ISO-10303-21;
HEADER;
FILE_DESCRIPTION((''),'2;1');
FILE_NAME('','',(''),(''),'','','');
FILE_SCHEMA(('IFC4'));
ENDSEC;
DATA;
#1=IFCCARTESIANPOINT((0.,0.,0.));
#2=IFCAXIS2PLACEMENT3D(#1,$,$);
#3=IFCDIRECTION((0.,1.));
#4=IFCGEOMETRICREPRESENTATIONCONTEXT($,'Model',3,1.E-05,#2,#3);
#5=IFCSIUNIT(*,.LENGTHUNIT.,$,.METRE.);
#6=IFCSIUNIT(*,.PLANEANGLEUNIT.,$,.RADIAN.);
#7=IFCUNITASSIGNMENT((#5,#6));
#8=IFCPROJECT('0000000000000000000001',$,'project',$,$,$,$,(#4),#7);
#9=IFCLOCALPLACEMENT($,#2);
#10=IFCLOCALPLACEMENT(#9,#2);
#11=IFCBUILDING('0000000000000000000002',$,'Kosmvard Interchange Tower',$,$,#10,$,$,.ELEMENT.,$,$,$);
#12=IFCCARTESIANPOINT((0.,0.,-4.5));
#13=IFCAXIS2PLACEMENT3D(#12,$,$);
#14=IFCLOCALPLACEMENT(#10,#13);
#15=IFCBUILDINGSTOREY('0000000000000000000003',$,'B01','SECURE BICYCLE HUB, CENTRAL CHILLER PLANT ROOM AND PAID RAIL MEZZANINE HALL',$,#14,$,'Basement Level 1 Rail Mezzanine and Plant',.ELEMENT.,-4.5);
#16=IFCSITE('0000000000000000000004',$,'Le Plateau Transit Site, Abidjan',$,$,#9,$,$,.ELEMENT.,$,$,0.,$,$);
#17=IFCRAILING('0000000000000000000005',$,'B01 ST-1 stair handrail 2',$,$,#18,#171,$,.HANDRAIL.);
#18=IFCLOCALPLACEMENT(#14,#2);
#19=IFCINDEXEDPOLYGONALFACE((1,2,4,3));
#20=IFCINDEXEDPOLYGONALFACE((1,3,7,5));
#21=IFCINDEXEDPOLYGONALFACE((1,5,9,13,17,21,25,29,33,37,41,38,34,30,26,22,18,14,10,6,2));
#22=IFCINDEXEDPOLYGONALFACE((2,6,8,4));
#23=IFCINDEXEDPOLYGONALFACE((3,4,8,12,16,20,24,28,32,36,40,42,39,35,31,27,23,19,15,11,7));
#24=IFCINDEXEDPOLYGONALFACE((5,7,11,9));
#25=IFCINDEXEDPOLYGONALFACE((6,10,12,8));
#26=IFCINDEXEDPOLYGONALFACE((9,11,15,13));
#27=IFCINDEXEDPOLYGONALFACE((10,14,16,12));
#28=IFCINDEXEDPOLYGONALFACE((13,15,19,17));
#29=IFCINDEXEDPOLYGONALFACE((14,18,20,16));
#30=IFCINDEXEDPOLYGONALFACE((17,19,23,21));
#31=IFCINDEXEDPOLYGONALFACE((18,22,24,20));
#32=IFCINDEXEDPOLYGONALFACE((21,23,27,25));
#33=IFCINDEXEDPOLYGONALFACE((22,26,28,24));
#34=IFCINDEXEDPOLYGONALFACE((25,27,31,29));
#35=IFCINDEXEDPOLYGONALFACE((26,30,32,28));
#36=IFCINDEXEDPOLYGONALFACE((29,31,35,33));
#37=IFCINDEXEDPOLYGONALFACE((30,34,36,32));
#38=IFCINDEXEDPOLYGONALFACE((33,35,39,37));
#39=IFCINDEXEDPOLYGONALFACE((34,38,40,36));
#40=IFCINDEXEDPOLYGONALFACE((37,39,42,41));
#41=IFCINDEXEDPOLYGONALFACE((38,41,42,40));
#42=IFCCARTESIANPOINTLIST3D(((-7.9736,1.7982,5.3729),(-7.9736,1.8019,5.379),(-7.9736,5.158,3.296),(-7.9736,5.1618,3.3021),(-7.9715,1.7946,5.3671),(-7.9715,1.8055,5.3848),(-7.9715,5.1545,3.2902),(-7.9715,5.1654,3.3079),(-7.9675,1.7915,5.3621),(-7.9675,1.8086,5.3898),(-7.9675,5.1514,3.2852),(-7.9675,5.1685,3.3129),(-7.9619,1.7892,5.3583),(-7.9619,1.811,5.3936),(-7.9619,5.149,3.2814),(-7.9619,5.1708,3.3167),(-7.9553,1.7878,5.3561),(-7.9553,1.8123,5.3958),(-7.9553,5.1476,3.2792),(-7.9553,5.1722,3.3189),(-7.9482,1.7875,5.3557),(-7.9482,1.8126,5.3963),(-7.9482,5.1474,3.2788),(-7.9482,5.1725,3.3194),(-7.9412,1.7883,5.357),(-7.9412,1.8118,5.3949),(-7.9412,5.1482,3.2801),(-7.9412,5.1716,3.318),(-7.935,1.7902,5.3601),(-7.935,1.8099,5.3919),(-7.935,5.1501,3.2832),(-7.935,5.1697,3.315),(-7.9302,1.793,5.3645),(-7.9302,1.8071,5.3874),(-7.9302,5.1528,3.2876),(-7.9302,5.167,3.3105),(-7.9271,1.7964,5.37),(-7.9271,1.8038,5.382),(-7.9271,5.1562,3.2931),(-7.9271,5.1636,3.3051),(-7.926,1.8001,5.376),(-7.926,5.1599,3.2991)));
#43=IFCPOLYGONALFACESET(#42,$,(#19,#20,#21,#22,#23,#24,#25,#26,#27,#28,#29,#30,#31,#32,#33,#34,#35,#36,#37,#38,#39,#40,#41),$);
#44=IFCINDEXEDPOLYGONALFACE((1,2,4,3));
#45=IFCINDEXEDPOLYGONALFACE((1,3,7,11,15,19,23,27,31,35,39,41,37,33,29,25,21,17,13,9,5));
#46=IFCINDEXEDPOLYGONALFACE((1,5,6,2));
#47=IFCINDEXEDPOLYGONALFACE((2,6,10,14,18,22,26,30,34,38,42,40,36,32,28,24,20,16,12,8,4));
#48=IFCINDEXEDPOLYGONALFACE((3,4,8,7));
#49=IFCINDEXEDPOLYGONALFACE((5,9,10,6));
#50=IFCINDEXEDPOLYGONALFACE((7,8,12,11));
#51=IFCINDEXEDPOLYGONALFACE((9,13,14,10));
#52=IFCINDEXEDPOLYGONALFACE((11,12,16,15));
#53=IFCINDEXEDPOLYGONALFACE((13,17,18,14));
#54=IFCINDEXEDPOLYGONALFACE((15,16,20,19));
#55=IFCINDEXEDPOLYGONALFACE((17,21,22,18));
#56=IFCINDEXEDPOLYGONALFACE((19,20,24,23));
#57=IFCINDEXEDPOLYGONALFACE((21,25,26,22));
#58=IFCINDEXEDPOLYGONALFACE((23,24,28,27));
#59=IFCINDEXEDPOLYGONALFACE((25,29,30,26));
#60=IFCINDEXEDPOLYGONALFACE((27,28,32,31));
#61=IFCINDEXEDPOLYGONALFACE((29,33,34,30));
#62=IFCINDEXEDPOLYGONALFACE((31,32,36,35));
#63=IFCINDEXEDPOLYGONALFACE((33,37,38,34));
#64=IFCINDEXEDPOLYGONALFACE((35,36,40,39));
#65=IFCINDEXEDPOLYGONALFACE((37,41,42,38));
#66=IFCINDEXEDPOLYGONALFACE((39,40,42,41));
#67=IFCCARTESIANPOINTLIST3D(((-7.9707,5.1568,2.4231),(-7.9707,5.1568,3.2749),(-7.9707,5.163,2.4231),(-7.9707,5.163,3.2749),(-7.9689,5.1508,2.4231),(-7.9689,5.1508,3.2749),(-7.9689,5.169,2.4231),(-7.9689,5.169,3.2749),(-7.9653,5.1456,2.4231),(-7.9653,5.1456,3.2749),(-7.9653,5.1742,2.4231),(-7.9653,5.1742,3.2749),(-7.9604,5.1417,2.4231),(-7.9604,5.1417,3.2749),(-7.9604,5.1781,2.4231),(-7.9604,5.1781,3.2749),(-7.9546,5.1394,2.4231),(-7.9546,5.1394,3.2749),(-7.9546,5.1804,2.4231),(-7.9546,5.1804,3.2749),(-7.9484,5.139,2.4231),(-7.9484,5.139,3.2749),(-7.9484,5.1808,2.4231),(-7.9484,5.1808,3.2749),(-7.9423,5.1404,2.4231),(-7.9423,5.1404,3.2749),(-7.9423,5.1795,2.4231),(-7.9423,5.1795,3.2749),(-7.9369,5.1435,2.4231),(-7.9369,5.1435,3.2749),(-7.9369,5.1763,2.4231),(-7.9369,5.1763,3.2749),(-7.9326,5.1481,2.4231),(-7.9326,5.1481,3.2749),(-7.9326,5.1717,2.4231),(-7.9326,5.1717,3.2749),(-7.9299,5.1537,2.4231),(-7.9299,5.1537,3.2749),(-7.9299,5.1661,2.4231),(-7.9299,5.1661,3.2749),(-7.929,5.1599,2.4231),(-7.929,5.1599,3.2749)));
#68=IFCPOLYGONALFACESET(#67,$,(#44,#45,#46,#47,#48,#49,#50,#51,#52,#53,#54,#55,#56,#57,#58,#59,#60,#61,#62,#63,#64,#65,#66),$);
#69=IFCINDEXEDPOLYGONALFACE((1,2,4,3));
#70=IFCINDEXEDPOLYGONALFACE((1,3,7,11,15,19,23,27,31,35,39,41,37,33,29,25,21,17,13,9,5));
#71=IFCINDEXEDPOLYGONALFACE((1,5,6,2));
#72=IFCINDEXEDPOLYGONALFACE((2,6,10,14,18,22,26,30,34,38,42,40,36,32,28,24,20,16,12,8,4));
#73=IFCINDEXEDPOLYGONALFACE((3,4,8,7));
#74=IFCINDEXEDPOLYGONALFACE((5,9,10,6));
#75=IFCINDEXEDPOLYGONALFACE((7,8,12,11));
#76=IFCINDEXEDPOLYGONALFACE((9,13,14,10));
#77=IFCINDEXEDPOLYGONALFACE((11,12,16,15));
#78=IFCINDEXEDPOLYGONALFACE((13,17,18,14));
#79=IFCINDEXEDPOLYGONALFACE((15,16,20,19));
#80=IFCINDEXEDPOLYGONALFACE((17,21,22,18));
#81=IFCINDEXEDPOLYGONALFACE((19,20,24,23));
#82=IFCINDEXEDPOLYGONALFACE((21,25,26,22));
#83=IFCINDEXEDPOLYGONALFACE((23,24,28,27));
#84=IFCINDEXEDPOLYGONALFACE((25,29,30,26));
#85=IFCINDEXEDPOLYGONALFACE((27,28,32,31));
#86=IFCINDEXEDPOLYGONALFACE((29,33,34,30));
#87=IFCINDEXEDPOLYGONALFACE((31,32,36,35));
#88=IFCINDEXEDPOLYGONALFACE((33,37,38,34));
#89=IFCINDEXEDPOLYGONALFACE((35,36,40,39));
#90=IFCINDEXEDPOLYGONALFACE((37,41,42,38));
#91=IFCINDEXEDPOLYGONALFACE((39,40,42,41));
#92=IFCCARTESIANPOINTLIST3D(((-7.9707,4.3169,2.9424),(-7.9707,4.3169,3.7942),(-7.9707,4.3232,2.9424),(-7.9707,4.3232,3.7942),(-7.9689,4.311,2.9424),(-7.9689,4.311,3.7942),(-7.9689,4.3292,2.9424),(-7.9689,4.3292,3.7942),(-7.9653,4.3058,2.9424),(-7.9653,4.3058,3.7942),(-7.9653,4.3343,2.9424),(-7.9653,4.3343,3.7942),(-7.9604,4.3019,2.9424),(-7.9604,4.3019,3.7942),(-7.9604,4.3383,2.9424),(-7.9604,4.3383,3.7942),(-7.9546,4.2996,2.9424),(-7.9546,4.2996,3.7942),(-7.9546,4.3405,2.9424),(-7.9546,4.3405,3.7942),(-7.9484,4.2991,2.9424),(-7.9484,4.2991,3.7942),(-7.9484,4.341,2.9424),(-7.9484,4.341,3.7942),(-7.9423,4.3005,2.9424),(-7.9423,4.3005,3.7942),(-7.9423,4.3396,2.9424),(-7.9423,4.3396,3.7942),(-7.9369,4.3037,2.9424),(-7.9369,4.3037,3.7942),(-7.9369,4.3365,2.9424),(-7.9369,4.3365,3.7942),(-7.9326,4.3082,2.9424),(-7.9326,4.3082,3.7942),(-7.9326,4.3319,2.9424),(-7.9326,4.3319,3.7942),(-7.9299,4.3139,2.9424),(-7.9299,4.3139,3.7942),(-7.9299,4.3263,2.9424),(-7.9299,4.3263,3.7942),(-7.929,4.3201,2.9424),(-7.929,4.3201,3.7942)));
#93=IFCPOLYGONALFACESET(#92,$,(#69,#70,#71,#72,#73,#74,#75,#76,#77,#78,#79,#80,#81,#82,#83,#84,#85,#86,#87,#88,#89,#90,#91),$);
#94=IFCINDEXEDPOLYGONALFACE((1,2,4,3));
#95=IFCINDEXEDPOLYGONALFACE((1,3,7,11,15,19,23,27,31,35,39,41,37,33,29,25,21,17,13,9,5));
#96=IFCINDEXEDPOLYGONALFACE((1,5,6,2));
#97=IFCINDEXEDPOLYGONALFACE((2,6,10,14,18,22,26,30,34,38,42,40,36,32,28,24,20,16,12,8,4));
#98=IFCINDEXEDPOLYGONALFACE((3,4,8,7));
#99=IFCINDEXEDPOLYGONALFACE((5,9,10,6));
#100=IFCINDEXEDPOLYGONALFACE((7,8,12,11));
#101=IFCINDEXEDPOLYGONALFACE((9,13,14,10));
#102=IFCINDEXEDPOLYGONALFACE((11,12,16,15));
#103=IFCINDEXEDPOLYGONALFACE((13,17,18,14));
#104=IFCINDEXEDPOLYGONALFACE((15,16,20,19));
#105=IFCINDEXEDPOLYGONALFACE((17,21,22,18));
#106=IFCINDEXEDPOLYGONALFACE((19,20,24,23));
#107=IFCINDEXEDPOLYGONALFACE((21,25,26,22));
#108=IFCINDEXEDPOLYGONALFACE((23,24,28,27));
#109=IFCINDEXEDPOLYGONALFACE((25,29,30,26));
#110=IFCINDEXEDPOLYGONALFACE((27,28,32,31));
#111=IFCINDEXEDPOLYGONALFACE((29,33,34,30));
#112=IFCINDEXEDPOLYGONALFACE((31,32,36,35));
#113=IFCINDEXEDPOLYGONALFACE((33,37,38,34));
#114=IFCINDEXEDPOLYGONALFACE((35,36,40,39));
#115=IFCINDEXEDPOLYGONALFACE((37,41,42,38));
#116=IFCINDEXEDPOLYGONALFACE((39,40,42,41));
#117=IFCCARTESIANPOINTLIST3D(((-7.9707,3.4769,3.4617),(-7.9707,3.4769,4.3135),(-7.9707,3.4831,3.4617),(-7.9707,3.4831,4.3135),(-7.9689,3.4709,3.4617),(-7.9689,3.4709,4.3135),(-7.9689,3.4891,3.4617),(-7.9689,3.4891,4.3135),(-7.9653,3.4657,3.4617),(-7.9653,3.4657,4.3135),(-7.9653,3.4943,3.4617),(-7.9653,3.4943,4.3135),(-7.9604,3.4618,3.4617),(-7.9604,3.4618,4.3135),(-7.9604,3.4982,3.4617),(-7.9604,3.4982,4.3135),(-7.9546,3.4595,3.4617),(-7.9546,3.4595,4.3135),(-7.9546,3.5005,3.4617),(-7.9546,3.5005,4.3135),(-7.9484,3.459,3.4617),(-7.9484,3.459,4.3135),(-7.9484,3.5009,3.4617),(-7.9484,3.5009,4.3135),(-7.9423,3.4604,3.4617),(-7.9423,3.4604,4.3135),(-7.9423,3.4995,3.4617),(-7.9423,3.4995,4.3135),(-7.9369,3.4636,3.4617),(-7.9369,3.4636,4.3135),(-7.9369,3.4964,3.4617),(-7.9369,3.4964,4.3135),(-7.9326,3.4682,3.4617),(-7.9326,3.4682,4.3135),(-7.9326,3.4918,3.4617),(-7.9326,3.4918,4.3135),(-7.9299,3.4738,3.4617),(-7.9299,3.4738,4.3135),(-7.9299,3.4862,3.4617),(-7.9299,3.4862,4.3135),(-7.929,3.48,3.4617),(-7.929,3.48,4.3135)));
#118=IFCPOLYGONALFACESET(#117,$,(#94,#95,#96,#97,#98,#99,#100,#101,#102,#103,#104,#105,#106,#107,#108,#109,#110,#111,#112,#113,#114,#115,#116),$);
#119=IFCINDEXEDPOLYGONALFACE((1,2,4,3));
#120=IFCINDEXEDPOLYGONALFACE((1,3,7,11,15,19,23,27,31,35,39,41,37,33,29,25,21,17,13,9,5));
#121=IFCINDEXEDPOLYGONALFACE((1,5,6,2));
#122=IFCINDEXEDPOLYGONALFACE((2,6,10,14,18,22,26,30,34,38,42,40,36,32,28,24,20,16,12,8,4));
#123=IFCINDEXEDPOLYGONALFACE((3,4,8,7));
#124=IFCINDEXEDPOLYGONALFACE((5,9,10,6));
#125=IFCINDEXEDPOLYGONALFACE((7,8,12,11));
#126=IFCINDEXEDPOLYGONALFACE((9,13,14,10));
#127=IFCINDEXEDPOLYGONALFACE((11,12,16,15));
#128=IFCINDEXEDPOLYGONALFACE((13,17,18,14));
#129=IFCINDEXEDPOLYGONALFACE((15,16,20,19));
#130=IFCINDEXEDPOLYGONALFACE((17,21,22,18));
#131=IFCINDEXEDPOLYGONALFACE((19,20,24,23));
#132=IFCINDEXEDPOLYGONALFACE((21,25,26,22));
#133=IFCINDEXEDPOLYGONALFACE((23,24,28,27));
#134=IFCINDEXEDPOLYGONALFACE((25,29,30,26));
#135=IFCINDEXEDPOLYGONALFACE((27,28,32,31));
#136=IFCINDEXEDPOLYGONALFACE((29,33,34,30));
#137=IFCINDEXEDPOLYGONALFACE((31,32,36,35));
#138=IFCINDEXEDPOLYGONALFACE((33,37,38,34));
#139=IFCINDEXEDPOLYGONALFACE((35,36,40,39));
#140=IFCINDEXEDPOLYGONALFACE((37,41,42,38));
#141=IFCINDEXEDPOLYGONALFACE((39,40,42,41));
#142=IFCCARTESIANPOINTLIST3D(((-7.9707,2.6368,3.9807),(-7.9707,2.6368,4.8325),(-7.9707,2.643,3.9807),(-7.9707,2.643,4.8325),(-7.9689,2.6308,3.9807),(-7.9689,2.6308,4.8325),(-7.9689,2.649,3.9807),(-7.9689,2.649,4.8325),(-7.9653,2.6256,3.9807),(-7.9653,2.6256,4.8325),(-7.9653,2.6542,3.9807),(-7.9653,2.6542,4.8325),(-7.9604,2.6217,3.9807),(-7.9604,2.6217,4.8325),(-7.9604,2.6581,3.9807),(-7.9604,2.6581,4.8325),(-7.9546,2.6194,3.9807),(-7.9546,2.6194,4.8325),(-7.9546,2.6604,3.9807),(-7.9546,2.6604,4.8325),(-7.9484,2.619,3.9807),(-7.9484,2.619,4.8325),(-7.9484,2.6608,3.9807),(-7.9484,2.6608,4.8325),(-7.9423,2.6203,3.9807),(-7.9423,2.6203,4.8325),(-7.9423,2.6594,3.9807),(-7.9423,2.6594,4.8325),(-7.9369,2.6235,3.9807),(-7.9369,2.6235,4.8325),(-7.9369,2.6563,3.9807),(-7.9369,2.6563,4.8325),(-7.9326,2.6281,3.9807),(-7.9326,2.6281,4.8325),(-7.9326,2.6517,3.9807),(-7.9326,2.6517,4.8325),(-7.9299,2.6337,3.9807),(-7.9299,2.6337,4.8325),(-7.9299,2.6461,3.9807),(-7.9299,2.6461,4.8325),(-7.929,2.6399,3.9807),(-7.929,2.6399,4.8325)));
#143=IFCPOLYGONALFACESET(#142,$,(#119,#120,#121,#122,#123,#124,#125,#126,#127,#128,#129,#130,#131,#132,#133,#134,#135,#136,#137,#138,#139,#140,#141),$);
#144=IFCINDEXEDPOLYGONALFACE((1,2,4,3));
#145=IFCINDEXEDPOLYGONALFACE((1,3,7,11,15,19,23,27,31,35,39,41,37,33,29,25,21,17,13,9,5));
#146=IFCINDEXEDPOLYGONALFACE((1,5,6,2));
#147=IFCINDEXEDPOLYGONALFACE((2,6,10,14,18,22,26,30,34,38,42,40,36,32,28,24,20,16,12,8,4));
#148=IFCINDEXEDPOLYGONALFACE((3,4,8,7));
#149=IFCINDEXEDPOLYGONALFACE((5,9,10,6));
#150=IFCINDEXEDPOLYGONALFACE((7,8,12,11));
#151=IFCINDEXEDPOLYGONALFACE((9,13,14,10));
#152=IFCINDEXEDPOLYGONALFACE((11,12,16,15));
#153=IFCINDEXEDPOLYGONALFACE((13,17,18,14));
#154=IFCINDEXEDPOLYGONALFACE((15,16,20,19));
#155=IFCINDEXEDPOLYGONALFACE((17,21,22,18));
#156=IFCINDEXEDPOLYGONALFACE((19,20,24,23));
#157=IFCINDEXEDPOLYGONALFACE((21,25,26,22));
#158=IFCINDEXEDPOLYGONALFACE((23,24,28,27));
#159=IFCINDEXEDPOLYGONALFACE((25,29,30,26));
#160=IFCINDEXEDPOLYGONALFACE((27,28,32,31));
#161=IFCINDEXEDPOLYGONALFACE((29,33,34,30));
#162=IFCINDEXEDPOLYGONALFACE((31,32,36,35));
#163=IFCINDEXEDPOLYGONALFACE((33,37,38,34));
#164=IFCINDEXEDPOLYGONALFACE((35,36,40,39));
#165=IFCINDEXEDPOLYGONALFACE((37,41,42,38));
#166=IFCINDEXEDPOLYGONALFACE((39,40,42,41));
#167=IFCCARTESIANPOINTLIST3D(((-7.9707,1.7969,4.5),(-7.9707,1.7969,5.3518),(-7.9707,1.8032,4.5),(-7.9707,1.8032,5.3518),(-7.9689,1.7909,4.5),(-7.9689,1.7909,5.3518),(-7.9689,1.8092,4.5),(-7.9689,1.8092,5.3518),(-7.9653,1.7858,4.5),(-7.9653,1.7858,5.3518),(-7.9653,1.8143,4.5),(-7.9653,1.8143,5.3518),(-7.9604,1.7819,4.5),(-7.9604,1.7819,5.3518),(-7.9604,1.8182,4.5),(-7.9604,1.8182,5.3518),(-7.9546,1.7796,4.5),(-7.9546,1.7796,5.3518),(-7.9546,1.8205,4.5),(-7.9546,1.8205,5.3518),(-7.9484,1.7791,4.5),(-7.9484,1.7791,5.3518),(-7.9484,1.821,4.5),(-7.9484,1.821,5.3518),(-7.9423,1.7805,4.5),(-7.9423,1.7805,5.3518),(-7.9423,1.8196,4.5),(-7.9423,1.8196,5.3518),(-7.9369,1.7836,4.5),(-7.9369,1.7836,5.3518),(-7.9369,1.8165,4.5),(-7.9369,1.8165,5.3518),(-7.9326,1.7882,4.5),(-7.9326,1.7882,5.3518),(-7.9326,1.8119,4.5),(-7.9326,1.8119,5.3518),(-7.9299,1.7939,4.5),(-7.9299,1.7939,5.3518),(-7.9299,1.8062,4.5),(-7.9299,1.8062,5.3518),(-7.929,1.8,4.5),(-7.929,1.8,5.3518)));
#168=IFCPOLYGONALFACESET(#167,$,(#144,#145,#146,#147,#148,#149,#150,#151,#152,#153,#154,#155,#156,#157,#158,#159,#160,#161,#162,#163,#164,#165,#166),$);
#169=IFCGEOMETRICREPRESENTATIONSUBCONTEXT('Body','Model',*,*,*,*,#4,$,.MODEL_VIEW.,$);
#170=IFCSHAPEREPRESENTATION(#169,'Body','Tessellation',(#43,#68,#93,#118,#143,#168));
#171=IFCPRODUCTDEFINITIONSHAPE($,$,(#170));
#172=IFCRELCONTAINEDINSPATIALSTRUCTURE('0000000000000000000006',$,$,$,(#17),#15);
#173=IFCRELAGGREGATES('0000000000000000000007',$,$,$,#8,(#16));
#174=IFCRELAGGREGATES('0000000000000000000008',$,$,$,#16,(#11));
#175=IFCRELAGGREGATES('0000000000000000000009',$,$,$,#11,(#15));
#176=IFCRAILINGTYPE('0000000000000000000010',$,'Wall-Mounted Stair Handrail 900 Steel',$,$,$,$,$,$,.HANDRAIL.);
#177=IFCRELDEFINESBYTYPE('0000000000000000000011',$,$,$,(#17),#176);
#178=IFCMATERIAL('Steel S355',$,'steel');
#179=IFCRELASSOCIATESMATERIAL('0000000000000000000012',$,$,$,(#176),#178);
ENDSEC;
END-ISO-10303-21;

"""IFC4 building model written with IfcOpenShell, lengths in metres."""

from ifc_helpers import new_model, si_unit, direction, frame, origin, origin_2d, place, context, subcontext, project, spatial, circle, extrude, source, transform, mapped, material, type_object, element, save


model = new_model("IFC4")

# Units and contexts
model_context = context("Model", 3, precision=1e-05, world=origin(), true_north=direction((0.0, 1.0)))
body_context = subcontext(model_context, "Body", "Model", "MODEL_VIEW")
ifc_project = project(units=[si_unit("LENGTHUNIT", "METRE"), si_unit("PLANEANGLEUNIT", "RADIAN")], contexts=[model_context])

# Site, building, storey
site_placement = place(None, origin())
site = spatial("IfcSite", under=ifc_project, at=site_placement, Name="Le Plateau Transit Site, Abidjan", CompositionType="ELEMENT", RefElevation=0.0)
building_placement = place(site_placement, origin())
building = spatial("IfcBuilding", under=site, at=building_placement, Name="Kosmvard Interchange Tower", CompositionType="ELEMENT")
storey_placement = place(building_placement, frame((0.0, 0.0, -4.5)))
storey = spatial("IfcBuildingStorey", under=building, at=storey_placement, Name="B01", Description="SECURE BICYCLE HUB, CENTRAL CHILLER PLANT ROOM AND PAID RAIL MEZZANINE HALL", LongName="Basement Level 1 Rail Mezzanine and Plant", CompositionType="ELEMENT", Elevation=-4.5)

# Railing
ifc_material_1 = material(Name="Steel S355", Category="steel")
railing_type_1 = type_object("IfcRailingType", Name="Wall-Mounted Stair Handrail 900 Steel", PredefinedType="HANDRAIL", material=ifc_material_1)
shared_shape_1 = source(origin(), body_context, "Body", "SweptSolid", [
    extrude(circle(Radius=0.0239, at=origin_2d()), frame((0.0, 0.0, 0.876), z_axis=(0.0, -0.850606, 0.525803), x_axis=(1.0, 0.0, 0.0)), (0.0, 0.0, 1.0), 3.95),
    extrude(circle(Radius=0.021, at=origin_2d()), origin(), (0.0, 0.0, 1.0), 0.8518),
    extrude(circle(Radius=0.021, at=origin_2d()), frame((0.0, -0.8398, 0.5193)), (0.0, 0.0, 1.0), 0.8518),
    extrude(circle(Radius=0.021, at=origin_2d()), frame((0.0, -1.6799, 1.0386)), (0.0, 0.0, 1.0), 0.8518),
    extrude(circle(Radius=0.021, at=origin_2d()), frame((0.0, -2.52, 1.5576)), (0.0, 0.0, 1.0), 0.8518),
    extrude(circle(Radius=0.021, at=origin_2d()), frame((0.0, -3.3599, 2.0769)), (0.0, 0.0, 1.0), 0.8518),
])
railing_1_placement = place(storey_placement, frame((-7.95, 5.1599, 2.4231)))
element("IfcRailing", 1, at=railing_1_placement, inside=storey, type_object=railing_type_1, Name="B01 ST-1 stair handrail 2", PredefinedType="HANDRAIL", context=body_context, shape_type="MappedRepresentation", body=[
    mapped(shared_shape_1, transform((0.0, 0.0, 0.0), scale=1.0)),
])

save(model, "model.ifc")
